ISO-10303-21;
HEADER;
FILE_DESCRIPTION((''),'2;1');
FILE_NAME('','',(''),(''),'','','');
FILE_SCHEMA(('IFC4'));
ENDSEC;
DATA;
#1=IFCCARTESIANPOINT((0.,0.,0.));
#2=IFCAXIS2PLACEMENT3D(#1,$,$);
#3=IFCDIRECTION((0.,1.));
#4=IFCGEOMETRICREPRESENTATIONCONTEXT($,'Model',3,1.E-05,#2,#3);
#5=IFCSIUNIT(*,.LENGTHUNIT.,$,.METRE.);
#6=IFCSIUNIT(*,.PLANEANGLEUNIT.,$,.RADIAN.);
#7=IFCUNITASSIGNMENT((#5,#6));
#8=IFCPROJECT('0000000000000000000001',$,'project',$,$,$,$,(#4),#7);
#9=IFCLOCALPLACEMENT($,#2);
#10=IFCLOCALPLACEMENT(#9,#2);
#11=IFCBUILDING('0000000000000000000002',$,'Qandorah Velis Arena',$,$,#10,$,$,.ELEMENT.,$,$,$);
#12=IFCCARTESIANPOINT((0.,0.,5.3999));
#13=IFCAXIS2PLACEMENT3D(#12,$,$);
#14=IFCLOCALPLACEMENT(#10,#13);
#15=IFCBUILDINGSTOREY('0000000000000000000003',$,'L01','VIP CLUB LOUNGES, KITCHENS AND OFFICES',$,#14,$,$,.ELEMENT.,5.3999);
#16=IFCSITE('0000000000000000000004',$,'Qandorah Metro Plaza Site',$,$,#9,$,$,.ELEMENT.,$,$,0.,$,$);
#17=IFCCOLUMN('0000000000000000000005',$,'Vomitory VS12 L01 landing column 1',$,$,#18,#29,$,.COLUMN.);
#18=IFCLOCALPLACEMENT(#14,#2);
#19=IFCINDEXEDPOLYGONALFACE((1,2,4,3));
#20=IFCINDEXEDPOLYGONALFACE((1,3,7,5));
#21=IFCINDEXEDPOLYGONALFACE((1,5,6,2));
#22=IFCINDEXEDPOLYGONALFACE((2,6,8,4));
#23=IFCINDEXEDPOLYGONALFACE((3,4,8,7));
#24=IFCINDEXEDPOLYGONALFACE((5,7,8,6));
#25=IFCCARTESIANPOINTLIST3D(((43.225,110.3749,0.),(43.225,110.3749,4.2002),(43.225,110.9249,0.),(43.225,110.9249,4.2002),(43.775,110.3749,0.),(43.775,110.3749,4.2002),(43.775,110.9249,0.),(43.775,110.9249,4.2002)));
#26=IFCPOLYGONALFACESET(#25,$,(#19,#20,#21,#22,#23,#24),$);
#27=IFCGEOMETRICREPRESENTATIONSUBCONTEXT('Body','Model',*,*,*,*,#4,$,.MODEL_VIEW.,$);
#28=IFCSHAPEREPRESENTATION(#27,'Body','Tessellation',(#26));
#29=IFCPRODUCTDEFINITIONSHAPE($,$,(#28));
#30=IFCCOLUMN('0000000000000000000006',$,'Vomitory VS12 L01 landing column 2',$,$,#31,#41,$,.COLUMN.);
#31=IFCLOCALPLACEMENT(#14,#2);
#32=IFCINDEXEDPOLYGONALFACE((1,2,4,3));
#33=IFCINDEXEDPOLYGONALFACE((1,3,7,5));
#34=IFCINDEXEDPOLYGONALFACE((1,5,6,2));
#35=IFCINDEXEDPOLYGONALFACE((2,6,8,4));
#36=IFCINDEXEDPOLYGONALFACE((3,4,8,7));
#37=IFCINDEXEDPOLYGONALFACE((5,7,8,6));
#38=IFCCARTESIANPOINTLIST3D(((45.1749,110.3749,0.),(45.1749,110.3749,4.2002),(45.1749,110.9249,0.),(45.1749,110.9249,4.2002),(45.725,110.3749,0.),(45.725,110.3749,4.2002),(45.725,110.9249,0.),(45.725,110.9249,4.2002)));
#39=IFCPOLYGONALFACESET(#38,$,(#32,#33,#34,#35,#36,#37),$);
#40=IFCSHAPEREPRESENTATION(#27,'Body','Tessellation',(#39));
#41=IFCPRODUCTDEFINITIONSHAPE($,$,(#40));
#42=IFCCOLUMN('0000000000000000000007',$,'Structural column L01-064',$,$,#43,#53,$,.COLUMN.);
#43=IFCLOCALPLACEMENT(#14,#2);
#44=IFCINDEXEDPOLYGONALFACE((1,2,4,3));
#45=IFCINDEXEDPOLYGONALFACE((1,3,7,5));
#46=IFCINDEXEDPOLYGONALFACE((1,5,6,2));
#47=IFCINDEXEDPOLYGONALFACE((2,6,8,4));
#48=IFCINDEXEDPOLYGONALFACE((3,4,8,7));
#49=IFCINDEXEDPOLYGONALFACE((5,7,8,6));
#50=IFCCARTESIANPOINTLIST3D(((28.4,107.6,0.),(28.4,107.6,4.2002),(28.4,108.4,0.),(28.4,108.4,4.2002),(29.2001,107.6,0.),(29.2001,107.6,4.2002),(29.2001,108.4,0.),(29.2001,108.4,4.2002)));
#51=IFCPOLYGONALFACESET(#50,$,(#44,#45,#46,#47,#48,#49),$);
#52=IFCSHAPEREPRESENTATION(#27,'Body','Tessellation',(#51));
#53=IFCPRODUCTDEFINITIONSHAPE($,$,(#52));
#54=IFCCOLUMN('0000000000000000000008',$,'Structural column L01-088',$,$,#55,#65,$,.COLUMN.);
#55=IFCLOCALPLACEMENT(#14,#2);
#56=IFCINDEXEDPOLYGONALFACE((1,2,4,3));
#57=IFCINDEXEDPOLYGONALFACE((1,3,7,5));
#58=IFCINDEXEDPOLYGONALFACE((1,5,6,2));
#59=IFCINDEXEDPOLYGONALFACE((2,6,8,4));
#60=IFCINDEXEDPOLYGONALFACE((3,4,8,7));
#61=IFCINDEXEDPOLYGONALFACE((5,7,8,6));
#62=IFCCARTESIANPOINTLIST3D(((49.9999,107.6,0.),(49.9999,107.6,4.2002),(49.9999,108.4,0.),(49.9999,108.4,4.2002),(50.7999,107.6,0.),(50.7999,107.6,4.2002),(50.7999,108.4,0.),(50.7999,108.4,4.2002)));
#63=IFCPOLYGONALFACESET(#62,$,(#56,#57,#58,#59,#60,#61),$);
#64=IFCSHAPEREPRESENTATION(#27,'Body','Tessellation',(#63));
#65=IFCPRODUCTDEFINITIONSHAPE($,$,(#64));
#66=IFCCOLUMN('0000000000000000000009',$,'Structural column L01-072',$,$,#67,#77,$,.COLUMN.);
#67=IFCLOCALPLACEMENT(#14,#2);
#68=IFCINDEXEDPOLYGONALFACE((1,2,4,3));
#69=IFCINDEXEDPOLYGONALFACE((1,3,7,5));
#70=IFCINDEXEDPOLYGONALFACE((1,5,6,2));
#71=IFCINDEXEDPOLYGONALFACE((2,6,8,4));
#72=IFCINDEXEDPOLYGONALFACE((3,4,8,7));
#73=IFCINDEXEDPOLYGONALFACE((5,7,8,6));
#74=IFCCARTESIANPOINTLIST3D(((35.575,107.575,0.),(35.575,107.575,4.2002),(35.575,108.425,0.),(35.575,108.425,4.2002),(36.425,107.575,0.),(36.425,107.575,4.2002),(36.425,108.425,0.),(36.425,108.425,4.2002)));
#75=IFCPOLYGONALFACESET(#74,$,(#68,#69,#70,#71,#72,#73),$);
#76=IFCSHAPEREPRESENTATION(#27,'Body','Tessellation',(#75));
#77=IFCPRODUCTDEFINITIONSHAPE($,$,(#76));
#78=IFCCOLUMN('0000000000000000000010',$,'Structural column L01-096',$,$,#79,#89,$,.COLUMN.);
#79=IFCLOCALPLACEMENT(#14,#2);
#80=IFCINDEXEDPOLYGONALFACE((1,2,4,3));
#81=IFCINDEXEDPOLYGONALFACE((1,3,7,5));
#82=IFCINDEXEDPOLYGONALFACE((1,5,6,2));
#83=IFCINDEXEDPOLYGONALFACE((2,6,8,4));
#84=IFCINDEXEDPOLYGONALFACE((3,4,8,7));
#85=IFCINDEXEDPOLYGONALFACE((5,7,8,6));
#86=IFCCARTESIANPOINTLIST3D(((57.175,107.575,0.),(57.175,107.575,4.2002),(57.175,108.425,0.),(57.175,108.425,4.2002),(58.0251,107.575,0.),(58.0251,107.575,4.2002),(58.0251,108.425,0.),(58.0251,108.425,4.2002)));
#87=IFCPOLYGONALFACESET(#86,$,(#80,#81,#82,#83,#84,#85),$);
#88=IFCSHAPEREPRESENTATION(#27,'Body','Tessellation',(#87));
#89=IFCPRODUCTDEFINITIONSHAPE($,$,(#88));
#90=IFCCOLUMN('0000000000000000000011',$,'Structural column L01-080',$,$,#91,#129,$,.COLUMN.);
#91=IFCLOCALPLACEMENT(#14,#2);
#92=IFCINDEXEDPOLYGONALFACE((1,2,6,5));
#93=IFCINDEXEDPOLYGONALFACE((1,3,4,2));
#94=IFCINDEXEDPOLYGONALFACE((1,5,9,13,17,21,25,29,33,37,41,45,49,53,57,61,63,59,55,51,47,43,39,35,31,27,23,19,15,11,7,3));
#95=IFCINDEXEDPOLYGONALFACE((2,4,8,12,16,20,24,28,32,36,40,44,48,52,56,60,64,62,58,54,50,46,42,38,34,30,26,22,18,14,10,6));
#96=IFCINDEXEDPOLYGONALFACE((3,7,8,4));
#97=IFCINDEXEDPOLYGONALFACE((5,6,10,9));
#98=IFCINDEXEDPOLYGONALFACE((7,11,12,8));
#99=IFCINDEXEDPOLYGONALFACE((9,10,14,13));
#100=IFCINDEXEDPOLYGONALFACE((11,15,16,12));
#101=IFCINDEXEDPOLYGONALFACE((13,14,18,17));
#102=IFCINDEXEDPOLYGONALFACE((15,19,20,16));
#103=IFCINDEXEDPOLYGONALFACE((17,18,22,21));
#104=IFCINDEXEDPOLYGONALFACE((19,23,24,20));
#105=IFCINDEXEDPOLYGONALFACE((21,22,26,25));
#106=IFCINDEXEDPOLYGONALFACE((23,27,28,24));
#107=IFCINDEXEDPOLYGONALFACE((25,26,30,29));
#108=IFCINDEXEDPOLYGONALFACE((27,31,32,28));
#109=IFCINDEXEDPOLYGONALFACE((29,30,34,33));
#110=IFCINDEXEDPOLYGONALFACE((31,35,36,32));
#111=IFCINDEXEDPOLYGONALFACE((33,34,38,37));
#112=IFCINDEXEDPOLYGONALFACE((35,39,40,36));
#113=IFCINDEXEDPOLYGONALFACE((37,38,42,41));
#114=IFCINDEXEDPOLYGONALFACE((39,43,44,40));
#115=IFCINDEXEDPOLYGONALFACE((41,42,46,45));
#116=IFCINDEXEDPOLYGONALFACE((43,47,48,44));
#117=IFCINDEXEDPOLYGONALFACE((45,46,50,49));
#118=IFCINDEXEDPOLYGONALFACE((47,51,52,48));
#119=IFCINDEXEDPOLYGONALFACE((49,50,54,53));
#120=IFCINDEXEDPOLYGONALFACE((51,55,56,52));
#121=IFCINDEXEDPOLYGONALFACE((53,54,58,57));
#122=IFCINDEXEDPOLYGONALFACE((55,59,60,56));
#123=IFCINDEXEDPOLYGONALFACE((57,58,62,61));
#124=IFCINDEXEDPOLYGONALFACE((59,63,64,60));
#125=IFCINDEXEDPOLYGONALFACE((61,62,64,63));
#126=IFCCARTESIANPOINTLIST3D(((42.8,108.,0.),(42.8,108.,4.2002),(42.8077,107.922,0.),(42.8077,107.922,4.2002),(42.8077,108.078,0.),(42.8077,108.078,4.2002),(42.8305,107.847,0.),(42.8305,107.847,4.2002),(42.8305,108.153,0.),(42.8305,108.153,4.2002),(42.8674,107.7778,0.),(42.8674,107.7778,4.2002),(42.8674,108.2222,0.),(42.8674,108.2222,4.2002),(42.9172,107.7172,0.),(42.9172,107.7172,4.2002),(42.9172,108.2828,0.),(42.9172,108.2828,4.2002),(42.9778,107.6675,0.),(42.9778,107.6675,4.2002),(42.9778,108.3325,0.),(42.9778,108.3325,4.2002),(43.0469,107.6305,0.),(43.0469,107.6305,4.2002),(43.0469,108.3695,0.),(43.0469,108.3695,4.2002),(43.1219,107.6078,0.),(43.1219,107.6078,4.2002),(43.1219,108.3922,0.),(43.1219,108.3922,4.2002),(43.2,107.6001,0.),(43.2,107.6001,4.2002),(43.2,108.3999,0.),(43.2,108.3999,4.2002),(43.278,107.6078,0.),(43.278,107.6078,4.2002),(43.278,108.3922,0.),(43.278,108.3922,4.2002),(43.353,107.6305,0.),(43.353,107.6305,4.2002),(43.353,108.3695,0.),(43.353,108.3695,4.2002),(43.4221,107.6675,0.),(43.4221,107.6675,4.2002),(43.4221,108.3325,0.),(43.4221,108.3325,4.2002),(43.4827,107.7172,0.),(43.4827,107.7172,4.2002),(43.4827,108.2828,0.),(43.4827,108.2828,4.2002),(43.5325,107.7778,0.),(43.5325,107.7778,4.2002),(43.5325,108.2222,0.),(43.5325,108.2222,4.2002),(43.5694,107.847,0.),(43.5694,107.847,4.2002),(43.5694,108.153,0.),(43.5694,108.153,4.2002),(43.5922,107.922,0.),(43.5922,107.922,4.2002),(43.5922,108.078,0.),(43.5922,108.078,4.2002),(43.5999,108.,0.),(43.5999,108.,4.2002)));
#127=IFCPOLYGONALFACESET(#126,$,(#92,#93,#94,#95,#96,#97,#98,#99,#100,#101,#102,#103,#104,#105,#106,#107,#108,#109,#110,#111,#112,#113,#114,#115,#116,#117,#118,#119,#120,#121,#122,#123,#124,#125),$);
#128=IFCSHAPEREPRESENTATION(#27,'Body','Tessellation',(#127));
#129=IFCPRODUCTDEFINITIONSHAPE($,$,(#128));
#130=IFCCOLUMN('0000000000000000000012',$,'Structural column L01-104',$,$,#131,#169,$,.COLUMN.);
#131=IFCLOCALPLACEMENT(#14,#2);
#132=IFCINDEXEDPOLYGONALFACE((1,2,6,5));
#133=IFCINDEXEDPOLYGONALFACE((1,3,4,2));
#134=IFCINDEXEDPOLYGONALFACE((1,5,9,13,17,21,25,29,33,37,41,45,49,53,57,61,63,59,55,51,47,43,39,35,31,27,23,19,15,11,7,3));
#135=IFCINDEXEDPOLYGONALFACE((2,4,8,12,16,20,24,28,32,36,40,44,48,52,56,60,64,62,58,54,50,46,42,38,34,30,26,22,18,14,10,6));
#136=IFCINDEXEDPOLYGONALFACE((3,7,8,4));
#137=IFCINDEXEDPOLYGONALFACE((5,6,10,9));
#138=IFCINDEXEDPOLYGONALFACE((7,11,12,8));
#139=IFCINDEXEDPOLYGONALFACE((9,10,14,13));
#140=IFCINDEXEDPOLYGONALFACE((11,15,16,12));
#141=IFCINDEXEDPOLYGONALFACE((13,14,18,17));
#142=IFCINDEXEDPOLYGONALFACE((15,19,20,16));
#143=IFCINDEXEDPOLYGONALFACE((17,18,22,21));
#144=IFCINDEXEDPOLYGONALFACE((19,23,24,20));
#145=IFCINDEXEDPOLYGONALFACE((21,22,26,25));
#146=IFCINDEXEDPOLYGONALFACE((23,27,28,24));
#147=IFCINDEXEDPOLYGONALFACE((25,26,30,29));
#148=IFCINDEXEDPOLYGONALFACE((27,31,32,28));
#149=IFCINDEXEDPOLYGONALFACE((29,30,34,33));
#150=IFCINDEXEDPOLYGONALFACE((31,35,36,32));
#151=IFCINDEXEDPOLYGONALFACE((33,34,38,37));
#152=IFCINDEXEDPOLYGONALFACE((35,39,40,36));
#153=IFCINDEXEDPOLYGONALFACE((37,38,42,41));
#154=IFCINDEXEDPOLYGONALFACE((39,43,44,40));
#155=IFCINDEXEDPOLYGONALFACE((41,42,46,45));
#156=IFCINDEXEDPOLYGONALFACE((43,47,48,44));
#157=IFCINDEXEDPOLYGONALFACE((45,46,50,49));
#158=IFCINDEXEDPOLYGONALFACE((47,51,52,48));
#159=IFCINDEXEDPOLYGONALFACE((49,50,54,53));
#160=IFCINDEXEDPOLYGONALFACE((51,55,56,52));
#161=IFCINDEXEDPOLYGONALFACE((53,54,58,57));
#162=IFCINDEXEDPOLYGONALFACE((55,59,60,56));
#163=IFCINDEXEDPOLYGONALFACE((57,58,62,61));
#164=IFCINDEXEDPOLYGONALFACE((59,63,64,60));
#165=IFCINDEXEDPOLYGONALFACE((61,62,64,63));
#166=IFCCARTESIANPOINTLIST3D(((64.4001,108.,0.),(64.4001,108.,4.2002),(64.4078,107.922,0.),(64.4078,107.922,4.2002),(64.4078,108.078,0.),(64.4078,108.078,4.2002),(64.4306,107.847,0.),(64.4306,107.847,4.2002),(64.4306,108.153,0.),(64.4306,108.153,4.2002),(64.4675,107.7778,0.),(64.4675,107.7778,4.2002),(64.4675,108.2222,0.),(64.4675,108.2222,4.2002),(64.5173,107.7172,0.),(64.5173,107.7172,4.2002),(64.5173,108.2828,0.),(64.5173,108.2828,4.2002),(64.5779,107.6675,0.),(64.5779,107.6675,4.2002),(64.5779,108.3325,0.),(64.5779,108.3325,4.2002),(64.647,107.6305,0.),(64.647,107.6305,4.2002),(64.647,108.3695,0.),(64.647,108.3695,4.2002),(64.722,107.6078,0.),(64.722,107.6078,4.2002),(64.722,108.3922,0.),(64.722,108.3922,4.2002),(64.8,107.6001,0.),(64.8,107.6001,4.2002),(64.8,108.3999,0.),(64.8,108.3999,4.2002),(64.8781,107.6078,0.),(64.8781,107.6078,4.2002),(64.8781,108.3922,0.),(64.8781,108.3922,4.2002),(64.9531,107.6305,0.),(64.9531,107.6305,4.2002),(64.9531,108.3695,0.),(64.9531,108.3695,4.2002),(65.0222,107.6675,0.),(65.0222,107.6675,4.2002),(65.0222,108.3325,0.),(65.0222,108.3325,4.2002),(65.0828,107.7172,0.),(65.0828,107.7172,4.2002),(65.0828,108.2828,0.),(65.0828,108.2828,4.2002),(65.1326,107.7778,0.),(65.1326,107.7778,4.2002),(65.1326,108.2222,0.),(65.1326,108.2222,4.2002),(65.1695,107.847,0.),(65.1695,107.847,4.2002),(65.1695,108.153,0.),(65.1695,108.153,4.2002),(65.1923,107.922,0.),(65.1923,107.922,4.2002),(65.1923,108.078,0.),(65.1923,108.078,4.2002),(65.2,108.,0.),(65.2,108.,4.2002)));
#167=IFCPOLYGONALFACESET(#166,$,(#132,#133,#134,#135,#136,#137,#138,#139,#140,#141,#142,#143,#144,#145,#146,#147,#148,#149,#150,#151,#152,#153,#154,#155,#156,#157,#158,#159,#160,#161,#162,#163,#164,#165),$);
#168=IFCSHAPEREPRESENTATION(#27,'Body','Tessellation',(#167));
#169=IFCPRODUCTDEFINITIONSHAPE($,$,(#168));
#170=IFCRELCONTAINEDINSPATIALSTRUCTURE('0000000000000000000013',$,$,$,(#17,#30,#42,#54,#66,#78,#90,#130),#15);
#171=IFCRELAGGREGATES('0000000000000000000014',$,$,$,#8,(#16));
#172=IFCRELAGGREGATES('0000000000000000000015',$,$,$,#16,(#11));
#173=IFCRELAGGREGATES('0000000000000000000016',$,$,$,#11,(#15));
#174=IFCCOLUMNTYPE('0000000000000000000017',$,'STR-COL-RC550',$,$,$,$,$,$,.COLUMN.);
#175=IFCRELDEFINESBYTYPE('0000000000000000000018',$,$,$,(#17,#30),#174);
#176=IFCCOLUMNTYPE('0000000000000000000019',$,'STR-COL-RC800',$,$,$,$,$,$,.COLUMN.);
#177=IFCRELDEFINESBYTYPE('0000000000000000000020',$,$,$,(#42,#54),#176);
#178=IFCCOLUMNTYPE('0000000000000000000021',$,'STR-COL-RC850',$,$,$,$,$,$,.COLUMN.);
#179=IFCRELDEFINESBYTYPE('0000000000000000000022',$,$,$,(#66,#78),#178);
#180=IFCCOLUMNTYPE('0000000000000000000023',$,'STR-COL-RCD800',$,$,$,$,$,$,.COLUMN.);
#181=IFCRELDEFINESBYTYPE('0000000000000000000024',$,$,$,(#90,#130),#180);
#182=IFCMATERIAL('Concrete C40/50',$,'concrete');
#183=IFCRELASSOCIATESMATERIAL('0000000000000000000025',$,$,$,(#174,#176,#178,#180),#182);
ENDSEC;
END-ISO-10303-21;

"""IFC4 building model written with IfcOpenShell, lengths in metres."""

from ifc_helpers import new_model, si_unit, direction, frame, origin, origin_2d, place, context, subcontext, project, spatial, rectangle, circle, extrude, material, material_profile, profile_set, type_object, element, save


model = new_model("IFC4")

# Units and contexts
model_context = context("Model", 3, precision=1e-05, world=origin(), true_north=direction((0.0, 1.0)))
body_context = subcontext(model_context, "Body", "Model", "MODEL_VIEW")
ifc_project = project(units=[si_unit("LENGTHUNIT", "METRE"), si_unit("PLANEANGLEUNIT", "RADIAN")], contexts=[model_context])

# Site, building, storey
site_placement = place(None, origin())
site = spatial("IfcSite", under=ifc_project, at=site_placement, Name="Qandorah Metro Plaza Site", CompositionType="ELEMENT", RefElevation=0.0)
building_placement = place(site_placement, origin())
building = spatial("IfcBuilding", under=site, at=building_placement, Name="Qandorah Velis Arena", CompositionType="ELEMENT")
storey_placement = place(building_placement, frame((0.0, 0.0, 5.3999)))
storey = spatial("IfcBuildingStorey", under=building, at=storey_placement, Name="L01", Description="VIP CLUB LOUNGES, KITCHENS AND OFFICES", CompositionType="ELEMENT", Elevation=5.3999)

# Columns
ifc_material_1 = material(Name="Concrete C40/50", Category="concrete")
ifc_material_profile_1 = material_profile(ifc_material_1, rectangle(XDim=0.55, YDim=0.55, at=origin_2d()), Name="RC COL 550x550")
ifc_profile_set_1 = profile_set([ifc_material_profile_1], Name="Concrete C40/50")
column_type_1 = type_object("IfcColumnType", Name="STR-COL-RC550", PredefinedType="COLUMN", material=ifc_profile_set_1)
for number, where, z_axis, x_axis, name in (
    (1, (43.5, 110.6499, 0.0), (0.0, 0.0, 1.0), (1.0, 0.0, 0.0), "Vomitory VS12 L01 landing column 1"),
    (2, (45.45, 110.6499, 0.0), (0.0, 0.0, 1.0), (1.0, 0.0, 0.0), "Vomitory VS12 L01 landing column 2"),
):
    element("IfcColumn", number, at=place(storey_placement, frame(where, z_axis=z_axis, x_axis=x_axis)), inside=storey, type_object=column_type_1, Name=name, PredefinedType="COLUMN", context=body_context, shape_type="SweptSolid", body=[
        extrude(rectangle(XDim=0.55, YDim=0.55, at=origin_2d()), origin(), (0.0, 0.0, 1.0), 4.2002),
    ])
ifc_material_profile_2 = material_profile(ifc_material_1, rectangle(XDim=0.8, YDim=0.8, at=origin_2d()), Name="RC COL 800x800")
ifc_profile_set_2 = profile_set([ifc_material_profile_2], Name="Concrete C40/50")
column_type_2 = type_object("IfcColumnType", Name="STR-COL-RC800", PredefinedType="COLUMN", material=ifc_profile_set_2)
for number, where, z_axis, x_axis, name in (
    (3, (28.8, 108.0, 0.0), (0.0, 0.0, 1.0), (1.0, 0.0, 0.0), "Structural column L01-064"),
    (4, (50.3999, 108.0, 0.0), (0.0, 0.0, 1.0), (1.0, 0.0, 0.0), "Structural column L01-088"),
):
    element("IfcColumn", number, at=place(storey_placement, frame(where, z_axis=z_axis, x_axis=x_axis)), inside=storey, type_object=column_type_2, Name=name, PredefinedType="COLUMN", context=body_context, shape_type="SweptSolid", body=[
        extrude(rectangle(XDim=0.8, YDim=0.8, at=origin_2d()), origin(), (0.0, 0.0, 1.0), 4.2002),
    ])
ifc_material_profile_3 = material_profile(ifc_material_1, rectangle(XDim=0.8501, YDim=0.8501, at=origin_2d()), Name="RC COL 850x850")
ifc_profile_set_3 = profile_set([ifc_material_profile_3], Name="Concrete C40/50")
column_type_3 = type_object("IfcColumnType", Name="STR-COL-RC850", PredefinedType="COLUMN", material=ifc_profile_set_3)
for number, where, z_axis, x_axis, name in (
    (5, (36.0, 108.0, 0.0), (0.0, 0.0, 1.0), (1.0, 0.0, 0.0), "Structural column L01-072"),
    (6, (57.6001, 108.0, 0.0), (0.0, 0.0, 1.0), (1.0, 0.0, 0.0), "Structural column L01-096"),
):
    element("IfcColumn", number, at=place(storey_placement, frame(where, z_axis=z_axis, x_axis=x_axis)), inside=storey, type_object=column_type_3, Name=name, PredefinedType="COLUMN", context=body_context, shape_type="SweptSolid", body=[
        extrude(rectangle(XDim=0.8501, YDim=0.8501, at=origin_2d()), origin(), (0.0, 0.0, 1.0), 4.2002),
    ])
ifc_material_profile_4 = material_profile(ifc_material_1, circle(Radius=0.3999, at=origin_2d()), Name="RC D800")
ifc_profile_set_4 = profile_set([ifc_material_profile_4], Name="Concrete C40/50")
column_type_4 = type_object("IfcColumnType", Name="STR-COL-RCD800", PredefinedType="COLUMN", material=ifc_profile_set_4)
for number, where, z_axis, x_axis, name in (
    (7, (43.2, 108.0, 0.0), (0.0, 0.0, 1.0), (1.0, 0.0, 0.0), "Structural column L01-080"),
    (8, (64.8, 108.0, 0.0), (0.0, 0.0, 1.0), (1.0, 0.0, 0.0), "Structural column L01-104"),
):
    element("IfcColumn", number, at=place(storey_placement, frame(where, z_axis=z_axis, x_axis=x_axis)), inside=storey, type_object=column_type_4, Name=name, PredefinedType="COLUMN", context=body_context, shape_type="SweptSolid", body=[
        extrude(circle(Radius=0.3999, at=origin_2d()), origin(), (0.0, 0.0, 1.0), 4.2002),
    ])

save(model, "model.ifc")
